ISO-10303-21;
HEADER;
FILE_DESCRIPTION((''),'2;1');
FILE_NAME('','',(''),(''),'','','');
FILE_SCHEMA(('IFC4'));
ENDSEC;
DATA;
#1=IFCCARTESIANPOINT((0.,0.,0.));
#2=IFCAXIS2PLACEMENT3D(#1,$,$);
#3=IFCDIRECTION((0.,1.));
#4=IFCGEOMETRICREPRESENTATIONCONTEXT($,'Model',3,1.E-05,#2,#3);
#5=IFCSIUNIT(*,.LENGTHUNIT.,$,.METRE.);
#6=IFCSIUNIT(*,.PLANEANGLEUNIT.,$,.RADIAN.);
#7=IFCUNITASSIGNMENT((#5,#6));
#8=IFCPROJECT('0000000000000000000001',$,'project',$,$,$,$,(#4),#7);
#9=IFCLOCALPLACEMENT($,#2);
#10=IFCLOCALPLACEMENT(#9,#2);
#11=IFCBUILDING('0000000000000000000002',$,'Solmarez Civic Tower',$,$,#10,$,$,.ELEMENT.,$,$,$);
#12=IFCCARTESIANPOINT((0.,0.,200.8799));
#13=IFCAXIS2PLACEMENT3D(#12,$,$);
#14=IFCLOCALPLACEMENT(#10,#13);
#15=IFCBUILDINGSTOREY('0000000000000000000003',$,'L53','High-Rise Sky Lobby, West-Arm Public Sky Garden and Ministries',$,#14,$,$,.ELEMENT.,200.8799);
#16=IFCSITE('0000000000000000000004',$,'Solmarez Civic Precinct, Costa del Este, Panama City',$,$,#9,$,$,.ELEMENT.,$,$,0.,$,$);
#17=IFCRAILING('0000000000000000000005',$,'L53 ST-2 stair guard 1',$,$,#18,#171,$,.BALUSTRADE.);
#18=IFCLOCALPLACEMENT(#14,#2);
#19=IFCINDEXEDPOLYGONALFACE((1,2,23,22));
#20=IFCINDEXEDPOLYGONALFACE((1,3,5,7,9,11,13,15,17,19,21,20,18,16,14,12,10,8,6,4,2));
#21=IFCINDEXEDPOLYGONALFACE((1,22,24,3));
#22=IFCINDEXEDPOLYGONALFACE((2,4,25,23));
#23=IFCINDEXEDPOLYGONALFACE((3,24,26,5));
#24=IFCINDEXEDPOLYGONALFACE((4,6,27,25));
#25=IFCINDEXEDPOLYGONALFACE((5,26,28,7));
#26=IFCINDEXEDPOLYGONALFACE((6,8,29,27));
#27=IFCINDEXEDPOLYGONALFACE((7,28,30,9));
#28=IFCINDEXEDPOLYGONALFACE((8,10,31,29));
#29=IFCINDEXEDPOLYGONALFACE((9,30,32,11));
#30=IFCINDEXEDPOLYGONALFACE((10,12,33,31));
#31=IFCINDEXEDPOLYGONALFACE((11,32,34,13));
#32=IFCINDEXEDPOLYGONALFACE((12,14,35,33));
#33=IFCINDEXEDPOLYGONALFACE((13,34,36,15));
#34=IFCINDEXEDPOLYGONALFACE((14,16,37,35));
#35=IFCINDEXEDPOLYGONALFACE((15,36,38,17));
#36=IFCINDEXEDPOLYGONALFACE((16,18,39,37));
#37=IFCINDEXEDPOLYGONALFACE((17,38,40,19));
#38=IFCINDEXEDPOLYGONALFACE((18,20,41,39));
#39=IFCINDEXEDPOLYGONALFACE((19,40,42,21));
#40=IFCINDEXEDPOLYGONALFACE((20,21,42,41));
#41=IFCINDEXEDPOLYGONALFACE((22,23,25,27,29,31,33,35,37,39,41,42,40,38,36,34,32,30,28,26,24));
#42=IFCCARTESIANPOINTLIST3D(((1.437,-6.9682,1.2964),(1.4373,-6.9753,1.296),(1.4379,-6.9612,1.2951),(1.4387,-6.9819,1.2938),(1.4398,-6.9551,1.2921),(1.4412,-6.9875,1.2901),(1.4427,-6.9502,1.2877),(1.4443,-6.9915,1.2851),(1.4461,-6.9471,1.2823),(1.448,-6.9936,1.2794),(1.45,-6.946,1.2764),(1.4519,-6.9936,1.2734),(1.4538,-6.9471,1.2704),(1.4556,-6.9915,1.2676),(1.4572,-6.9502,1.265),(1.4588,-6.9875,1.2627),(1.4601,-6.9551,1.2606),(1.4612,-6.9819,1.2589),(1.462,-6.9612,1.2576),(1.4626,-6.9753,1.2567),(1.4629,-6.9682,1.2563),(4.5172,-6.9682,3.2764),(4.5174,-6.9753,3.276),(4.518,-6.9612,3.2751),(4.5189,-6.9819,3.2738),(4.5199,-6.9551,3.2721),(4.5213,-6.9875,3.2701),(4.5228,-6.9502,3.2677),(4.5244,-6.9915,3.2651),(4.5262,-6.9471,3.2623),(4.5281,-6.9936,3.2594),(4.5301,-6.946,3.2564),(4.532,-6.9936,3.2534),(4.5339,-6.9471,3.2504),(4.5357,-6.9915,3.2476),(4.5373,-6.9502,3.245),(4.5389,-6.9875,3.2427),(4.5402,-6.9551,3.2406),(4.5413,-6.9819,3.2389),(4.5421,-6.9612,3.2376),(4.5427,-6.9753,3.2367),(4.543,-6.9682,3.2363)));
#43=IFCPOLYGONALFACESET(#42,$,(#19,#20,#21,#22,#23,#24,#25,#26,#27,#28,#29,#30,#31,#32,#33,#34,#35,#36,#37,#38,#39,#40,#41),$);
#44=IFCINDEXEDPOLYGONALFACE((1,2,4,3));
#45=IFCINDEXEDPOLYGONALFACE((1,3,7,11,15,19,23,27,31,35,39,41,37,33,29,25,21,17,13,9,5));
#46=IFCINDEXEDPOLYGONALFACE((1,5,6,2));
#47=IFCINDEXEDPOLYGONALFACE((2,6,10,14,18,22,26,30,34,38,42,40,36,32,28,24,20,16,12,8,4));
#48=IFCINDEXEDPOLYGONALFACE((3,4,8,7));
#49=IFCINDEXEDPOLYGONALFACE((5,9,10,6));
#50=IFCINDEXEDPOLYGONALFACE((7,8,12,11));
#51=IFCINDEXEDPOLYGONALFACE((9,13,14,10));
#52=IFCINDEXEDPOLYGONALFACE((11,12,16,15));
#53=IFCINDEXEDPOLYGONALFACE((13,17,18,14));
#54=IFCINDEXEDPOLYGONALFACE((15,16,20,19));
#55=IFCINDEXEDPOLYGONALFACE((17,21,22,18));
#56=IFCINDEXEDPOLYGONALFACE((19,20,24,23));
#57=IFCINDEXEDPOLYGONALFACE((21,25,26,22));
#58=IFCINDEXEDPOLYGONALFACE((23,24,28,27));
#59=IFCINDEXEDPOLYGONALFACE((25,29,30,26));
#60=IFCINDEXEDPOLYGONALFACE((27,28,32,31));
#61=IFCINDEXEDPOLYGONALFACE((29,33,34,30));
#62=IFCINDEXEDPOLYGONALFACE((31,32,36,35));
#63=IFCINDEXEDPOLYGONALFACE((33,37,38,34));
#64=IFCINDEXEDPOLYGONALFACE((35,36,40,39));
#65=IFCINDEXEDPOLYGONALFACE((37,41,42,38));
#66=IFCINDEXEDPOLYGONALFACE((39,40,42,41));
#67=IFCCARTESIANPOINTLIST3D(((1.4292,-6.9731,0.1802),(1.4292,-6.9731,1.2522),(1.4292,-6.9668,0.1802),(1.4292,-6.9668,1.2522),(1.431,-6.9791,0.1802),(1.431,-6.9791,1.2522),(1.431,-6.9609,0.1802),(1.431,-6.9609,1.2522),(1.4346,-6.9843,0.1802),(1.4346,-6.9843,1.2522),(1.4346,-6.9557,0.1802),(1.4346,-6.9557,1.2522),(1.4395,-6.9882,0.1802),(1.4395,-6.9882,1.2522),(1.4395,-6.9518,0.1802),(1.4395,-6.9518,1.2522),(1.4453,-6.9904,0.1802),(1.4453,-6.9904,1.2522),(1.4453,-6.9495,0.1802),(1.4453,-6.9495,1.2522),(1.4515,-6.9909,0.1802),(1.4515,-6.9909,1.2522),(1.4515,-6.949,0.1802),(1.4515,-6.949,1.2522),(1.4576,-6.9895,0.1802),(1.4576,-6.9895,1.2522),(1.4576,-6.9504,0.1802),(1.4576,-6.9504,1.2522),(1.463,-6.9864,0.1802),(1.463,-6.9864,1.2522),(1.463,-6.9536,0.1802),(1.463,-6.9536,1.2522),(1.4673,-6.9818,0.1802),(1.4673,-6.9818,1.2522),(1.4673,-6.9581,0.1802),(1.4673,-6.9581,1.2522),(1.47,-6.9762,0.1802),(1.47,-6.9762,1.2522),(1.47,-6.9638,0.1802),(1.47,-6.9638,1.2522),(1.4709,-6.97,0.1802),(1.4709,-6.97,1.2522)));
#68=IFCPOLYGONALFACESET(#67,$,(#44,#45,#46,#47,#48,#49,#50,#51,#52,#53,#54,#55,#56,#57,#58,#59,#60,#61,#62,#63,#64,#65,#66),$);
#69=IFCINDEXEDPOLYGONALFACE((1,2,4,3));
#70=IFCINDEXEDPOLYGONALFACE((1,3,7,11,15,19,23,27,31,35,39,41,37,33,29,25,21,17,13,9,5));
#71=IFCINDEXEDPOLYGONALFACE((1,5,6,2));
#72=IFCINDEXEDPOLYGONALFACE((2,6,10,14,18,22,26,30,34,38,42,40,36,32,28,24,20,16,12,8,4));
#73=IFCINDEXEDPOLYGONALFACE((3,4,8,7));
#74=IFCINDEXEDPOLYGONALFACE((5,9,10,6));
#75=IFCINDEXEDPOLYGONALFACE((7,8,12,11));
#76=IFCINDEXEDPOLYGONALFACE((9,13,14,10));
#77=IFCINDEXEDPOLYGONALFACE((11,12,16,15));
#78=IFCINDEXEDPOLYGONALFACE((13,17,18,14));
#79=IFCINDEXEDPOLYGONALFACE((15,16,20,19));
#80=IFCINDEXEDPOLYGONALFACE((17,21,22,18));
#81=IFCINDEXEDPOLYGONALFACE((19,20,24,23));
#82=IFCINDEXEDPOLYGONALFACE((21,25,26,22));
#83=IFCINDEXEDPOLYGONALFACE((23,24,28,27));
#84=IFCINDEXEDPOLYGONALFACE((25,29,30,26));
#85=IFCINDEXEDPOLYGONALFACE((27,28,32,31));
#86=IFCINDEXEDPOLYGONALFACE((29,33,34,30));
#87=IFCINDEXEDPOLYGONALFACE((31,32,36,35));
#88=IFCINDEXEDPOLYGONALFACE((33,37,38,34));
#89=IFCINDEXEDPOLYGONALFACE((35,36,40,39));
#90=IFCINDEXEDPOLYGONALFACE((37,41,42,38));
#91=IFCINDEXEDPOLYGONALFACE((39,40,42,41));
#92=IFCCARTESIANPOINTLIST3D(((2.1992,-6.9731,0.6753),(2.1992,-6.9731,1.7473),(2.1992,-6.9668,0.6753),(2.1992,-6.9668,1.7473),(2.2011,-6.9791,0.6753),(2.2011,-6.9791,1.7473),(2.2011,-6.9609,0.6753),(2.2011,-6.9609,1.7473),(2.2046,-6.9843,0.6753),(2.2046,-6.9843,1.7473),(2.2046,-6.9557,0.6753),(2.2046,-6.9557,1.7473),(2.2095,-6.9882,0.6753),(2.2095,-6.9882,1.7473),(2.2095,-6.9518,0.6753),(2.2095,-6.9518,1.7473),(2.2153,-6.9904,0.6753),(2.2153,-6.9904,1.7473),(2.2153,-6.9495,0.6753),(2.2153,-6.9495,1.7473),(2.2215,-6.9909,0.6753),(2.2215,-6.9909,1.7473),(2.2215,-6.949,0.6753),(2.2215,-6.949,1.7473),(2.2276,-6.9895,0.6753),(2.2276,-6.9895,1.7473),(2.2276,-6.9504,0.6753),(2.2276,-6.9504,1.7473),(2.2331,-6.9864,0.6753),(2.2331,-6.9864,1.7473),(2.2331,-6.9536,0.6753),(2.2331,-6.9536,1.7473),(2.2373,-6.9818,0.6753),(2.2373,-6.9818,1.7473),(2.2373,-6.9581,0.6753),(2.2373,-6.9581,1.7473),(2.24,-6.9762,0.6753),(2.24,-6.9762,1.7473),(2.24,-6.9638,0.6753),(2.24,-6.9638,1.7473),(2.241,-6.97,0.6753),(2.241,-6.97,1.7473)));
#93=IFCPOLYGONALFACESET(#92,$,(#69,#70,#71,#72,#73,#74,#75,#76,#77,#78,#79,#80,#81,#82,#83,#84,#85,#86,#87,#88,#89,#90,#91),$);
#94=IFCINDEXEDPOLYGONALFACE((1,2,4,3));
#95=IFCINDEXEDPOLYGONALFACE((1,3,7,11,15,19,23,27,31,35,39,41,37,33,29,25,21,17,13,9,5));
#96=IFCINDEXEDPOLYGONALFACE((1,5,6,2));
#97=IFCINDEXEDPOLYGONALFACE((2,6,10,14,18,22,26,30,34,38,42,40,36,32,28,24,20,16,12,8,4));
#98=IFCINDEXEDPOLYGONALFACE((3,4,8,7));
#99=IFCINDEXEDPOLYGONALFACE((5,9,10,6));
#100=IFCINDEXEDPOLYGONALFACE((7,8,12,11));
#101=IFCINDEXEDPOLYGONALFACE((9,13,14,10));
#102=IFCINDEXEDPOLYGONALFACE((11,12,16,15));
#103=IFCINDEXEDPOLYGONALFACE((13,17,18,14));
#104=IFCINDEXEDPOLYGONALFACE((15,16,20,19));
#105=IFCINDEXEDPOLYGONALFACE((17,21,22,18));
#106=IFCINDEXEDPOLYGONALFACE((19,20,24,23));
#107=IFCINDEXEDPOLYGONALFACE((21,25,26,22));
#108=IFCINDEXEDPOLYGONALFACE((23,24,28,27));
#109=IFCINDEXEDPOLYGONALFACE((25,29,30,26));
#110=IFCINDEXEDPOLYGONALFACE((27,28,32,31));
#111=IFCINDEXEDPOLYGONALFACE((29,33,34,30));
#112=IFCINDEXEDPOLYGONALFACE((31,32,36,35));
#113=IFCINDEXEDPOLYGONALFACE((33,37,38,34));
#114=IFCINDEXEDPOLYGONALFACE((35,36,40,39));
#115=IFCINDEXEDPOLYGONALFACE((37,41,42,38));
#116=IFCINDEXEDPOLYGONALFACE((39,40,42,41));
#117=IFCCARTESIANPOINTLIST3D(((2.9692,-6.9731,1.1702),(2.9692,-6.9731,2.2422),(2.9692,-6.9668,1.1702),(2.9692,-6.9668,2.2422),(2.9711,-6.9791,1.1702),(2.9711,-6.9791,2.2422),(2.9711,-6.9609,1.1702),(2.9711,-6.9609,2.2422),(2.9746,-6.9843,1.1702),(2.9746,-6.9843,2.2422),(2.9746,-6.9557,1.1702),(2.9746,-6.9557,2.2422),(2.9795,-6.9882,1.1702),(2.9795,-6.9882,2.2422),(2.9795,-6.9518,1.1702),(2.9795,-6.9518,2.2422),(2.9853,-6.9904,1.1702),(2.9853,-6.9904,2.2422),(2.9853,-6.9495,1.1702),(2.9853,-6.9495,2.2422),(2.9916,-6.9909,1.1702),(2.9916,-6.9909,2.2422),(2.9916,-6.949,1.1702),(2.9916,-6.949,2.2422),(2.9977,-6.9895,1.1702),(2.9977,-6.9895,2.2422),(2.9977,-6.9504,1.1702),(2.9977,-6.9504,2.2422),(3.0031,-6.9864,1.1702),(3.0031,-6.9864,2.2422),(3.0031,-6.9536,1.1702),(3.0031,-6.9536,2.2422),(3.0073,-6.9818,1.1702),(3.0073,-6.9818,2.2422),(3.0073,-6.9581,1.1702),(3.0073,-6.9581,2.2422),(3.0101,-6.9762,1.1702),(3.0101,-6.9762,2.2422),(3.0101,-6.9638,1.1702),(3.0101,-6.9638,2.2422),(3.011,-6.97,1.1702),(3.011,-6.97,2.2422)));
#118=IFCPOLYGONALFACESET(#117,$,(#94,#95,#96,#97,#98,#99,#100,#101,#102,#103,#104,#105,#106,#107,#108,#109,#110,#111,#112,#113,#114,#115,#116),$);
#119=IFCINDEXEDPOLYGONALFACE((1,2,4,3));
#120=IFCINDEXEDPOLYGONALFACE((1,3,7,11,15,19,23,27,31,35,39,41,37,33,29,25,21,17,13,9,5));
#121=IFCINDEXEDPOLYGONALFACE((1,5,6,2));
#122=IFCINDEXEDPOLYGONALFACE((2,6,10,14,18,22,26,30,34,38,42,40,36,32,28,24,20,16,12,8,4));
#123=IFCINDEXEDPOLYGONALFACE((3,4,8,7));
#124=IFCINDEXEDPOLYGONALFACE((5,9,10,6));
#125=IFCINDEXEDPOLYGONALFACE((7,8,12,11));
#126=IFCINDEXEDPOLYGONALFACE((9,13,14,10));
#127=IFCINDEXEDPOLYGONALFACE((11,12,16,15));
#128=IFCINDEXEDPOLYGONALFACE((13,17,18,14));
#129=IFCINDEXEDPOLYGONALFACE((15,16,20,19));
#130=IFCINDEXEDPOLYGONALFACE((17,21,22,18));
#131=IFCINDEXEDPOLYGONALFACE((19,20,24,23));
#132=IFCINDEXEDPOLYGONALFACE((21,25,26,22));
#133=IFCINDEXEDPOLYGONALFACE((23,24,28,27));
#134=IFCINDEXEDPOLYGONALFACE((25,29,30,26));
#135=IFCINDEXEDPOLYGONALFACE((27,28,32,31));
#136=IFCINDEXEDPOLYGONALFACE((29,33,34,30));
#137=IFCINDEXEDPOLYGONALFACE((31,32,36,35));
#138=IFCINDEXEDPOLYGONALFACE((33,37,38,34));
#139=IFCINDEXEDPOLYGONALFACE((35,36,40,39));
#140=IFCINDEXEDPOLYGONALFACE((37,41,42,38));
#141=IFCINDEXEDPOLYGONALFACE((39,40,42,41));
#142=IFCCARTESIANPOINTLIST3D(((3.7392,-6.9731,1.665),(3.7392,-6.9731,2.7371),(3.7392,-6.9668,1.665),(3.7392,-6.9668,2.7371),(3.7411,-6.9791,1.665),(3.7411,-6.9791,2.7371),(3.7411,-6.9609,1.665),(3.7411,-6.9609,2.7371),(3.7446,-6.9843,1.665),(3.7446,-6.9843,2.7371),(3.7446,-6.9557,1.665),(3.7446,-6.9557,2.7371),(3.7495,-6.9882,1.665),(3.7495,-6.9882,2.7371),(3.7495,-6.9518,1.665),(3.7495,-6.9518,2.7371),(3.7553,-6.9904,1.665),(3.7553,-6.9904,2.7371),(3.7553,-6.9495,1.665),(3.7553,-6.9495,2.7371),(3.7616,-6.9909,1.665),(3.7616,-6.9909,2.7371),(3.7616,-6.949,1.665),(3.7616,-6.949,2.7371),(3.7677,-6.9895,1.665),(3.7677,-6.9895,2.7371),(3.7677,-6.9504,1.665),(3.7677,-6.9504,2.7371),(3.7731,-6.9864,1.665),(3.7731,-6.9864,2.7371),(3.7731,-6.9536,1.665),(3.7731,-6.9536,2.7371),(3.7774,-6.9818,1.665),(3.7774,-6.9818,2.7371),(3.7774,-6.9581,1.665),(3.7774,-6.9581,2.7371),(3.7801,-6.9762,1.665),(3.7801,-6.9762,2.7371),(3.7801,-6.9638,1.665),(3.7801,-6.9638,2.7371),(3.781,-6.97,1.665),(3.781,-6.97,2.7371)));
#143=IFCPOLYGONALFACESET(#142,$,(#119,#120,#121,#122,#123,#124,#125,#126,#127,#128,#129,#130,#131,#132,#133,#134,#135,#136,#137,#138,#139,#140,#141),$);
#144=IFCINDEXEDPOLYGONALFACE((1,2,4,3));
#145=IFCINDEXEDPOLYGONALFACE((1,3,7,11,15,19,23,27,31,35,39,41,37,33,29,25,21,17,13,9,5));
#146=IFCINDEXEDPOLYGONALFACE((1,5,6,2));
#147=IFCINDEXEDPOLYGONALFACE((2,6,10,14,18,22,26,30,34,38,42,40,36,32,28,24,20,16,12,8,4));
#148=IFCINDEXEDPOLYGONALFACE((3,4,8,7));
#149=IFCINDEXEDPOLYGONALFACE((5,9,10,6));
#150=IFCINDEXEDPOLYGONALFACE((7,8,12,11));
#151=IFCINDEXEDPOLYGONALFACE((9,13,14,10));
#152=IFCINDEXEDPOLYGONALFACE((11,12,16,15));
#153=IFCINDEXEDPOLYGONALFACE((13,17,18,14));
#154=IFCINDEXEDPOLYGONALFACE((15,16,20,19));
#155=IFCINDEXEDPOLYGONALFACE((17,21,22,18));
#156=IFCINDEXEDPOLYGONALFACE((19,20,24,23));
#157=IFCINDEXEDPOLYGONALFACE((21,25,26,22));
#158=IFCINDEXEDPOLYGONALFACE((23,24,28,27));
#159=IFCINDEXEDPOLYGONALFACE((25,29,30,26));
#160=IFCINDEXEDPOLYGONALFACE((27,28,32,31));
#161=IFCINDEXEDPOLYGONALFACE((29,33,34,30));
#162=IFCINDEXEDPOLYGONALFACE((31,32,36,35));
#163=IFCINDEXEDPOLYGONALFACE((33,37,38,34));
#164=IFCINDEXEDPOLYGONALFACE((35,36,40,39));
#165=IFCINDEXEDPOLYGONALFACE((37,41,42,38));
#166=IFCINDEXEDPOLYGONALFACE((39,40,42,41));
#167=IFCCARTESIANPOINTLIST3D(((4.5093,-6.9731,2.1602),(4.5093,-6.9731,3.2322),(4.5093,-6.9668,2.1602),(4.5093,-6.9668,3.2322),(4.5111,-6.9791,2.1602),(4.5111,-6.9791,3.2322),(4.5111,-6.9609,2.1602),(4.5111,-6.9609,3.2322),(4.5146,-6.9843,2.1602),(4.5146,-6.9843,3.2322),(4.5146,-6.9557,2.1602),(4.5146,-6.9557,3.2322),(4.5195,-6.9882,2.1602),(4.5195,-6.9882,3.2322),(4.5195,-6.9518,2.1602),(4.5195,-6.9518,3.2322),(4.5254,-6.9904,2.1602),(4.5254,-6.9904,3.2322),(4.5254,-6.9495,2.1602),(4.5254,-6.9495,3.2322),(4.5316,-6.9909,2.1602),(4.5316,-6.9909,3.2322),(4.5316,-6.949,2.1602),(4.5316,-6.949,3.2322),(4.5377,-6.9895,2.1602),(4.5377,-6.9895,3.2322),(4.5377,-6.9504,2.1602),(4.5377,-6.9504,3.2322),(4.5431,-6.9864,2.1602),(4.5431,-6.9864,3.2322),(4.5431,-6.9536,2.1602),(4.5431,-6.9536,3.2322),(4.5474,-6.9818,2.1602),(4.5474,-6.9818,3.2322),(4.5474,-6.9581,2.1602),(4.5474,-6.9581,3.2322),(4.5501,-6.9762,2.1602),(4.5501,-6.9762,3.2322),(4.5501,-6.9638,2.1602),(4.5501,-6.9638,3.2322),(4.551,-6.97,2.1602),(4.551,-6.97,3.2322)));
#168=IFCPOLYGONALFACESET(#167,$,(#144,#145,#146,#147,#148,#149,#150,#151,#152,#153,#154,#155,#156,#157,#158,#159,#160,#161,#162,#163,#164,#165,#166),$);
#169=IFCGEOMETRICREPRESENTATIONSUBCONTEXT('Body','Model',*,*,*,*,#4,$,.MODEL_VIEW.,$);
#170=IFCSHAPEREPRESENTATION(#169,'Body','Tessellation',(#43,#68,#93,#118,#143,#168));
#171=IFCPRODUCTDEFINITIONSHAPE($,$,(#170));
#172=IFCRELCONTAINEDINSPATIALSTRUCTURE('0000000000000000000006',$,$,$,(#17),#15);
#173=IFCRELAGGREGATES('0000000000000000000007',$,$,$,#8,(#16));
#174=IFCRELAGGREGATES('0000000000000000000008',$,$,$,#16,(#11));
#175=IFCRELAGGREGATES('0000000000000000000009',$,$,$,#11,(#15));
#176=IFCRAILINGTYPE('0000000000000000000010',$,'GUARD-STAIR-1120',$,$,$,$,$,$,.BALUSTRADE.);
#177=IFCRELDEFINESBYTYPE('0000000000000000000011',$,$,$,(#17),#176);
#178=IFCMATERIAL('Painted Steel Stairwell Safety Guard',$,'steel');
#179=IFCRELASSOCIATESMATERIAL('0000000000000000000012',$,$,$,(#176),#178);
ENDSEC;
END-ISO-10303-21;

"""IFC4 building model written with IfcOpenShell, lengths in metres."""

from ifc_helpers import new_model, si_unit, direction, frame, origin, origin_2d, place, context, subcontext, project, spatial, circle, extrude, material, type_object, element, save


model = new_model("IFC4")

# Units and contexts
model_context = context("Model", 3, precision=1e-05, world=origin(), true_north=direction((0.0, 1.0)))
body_context = subcontext(model_context, "Body", "Model", "MODEL_VIEW")
ifc_project = project(units=[si_unit("LENGTHUNIT", "METRE"), si_unit("PLANEANGLEUNIT", "RADIAN")], contexts=[model_context])

# Site, building, storey
site_placement = place(None, origin())
site = spatial("IfcSite", under=ifc_project, at=site_placement, Name="Solmarez Civic Precinct, Costa del Este, Panama City", CompositionType="ELEMENT", RefElevation=0.0)
building_placement = place(site_placement, origin())
building = spatial("IfcBuilding", under=site, at=building_placement, Name="Solmarez Civic Tower", CompositionType="ELEMENT")
storey_placement = place(building_placement, frame((0.0, 0.0, 200.8799)))
storey = spatial("IfcBuildingStorey", under=building, at=storey_placement, Name="L53", Description="High-Rise Sky Lobby, West-Arm Public Sky Garden and Ministries", CompositionType="ELEMENT", Elevation=200.8799)

# Railing
ifc_material_1 = material(Name="Painted Steel Stairwell Safety Guard", Category="steel")
railing_type_1 = type_object("IfcRailingType", Name="GUARD-STAIR-1120", PredefinedType="BALUSTRADE", material=ifc_material_1)
railing_1_placement = place(storey_placement, frame((1.45, -6.97, 0.1802)))
element("IfcRailing", 1, at=railing_1_placement, inside=storey, type_object=railing_type_1, Name="L53 ST-2 stair guard 1", PredefinedType="BALUSTRADE", context=body_context, shape_type="SweptSolid", body=[
    extrude(circle(Radius=0.0239, at=origin_2d()), frame((0.0, 0.0, 1.0962), z_axis=(0.841187, 0.0, 0.540744), x_axis=(0.0, 1.0, 0.0)), (0.0, 0.0, 1.0), 3.6616),
    extrude(circle(Radius=0.021, at=origin_2d()), origin(), (0.0, 0.0, 1.0), 1.072),
    extrude(circle(Radius=0.021, at=origin_2d()), frame((0.77, 0.0, 0.4951)), (0.0, 0.0, 1.0), 1.072),
    extrude(circle(Radius=0.021, at=origin_2d()), frame((1.54, 0.0, 0.99)), (0.0, 0.0, 1.0), 1.072),
    extrude(circle(Radius=0.021, at=origin_2d()), frame((2.3101, 0.0, 1.4849)), (0.0, 0.0, 1.0), 1.072),
    extrude(circle(Radius=0.021, at=origin_2d()), frame((3.0801, 0.0, 1.98)), (0.0, 0.0, 1.0), 1.072),
])

save(model, "model.ifc")
